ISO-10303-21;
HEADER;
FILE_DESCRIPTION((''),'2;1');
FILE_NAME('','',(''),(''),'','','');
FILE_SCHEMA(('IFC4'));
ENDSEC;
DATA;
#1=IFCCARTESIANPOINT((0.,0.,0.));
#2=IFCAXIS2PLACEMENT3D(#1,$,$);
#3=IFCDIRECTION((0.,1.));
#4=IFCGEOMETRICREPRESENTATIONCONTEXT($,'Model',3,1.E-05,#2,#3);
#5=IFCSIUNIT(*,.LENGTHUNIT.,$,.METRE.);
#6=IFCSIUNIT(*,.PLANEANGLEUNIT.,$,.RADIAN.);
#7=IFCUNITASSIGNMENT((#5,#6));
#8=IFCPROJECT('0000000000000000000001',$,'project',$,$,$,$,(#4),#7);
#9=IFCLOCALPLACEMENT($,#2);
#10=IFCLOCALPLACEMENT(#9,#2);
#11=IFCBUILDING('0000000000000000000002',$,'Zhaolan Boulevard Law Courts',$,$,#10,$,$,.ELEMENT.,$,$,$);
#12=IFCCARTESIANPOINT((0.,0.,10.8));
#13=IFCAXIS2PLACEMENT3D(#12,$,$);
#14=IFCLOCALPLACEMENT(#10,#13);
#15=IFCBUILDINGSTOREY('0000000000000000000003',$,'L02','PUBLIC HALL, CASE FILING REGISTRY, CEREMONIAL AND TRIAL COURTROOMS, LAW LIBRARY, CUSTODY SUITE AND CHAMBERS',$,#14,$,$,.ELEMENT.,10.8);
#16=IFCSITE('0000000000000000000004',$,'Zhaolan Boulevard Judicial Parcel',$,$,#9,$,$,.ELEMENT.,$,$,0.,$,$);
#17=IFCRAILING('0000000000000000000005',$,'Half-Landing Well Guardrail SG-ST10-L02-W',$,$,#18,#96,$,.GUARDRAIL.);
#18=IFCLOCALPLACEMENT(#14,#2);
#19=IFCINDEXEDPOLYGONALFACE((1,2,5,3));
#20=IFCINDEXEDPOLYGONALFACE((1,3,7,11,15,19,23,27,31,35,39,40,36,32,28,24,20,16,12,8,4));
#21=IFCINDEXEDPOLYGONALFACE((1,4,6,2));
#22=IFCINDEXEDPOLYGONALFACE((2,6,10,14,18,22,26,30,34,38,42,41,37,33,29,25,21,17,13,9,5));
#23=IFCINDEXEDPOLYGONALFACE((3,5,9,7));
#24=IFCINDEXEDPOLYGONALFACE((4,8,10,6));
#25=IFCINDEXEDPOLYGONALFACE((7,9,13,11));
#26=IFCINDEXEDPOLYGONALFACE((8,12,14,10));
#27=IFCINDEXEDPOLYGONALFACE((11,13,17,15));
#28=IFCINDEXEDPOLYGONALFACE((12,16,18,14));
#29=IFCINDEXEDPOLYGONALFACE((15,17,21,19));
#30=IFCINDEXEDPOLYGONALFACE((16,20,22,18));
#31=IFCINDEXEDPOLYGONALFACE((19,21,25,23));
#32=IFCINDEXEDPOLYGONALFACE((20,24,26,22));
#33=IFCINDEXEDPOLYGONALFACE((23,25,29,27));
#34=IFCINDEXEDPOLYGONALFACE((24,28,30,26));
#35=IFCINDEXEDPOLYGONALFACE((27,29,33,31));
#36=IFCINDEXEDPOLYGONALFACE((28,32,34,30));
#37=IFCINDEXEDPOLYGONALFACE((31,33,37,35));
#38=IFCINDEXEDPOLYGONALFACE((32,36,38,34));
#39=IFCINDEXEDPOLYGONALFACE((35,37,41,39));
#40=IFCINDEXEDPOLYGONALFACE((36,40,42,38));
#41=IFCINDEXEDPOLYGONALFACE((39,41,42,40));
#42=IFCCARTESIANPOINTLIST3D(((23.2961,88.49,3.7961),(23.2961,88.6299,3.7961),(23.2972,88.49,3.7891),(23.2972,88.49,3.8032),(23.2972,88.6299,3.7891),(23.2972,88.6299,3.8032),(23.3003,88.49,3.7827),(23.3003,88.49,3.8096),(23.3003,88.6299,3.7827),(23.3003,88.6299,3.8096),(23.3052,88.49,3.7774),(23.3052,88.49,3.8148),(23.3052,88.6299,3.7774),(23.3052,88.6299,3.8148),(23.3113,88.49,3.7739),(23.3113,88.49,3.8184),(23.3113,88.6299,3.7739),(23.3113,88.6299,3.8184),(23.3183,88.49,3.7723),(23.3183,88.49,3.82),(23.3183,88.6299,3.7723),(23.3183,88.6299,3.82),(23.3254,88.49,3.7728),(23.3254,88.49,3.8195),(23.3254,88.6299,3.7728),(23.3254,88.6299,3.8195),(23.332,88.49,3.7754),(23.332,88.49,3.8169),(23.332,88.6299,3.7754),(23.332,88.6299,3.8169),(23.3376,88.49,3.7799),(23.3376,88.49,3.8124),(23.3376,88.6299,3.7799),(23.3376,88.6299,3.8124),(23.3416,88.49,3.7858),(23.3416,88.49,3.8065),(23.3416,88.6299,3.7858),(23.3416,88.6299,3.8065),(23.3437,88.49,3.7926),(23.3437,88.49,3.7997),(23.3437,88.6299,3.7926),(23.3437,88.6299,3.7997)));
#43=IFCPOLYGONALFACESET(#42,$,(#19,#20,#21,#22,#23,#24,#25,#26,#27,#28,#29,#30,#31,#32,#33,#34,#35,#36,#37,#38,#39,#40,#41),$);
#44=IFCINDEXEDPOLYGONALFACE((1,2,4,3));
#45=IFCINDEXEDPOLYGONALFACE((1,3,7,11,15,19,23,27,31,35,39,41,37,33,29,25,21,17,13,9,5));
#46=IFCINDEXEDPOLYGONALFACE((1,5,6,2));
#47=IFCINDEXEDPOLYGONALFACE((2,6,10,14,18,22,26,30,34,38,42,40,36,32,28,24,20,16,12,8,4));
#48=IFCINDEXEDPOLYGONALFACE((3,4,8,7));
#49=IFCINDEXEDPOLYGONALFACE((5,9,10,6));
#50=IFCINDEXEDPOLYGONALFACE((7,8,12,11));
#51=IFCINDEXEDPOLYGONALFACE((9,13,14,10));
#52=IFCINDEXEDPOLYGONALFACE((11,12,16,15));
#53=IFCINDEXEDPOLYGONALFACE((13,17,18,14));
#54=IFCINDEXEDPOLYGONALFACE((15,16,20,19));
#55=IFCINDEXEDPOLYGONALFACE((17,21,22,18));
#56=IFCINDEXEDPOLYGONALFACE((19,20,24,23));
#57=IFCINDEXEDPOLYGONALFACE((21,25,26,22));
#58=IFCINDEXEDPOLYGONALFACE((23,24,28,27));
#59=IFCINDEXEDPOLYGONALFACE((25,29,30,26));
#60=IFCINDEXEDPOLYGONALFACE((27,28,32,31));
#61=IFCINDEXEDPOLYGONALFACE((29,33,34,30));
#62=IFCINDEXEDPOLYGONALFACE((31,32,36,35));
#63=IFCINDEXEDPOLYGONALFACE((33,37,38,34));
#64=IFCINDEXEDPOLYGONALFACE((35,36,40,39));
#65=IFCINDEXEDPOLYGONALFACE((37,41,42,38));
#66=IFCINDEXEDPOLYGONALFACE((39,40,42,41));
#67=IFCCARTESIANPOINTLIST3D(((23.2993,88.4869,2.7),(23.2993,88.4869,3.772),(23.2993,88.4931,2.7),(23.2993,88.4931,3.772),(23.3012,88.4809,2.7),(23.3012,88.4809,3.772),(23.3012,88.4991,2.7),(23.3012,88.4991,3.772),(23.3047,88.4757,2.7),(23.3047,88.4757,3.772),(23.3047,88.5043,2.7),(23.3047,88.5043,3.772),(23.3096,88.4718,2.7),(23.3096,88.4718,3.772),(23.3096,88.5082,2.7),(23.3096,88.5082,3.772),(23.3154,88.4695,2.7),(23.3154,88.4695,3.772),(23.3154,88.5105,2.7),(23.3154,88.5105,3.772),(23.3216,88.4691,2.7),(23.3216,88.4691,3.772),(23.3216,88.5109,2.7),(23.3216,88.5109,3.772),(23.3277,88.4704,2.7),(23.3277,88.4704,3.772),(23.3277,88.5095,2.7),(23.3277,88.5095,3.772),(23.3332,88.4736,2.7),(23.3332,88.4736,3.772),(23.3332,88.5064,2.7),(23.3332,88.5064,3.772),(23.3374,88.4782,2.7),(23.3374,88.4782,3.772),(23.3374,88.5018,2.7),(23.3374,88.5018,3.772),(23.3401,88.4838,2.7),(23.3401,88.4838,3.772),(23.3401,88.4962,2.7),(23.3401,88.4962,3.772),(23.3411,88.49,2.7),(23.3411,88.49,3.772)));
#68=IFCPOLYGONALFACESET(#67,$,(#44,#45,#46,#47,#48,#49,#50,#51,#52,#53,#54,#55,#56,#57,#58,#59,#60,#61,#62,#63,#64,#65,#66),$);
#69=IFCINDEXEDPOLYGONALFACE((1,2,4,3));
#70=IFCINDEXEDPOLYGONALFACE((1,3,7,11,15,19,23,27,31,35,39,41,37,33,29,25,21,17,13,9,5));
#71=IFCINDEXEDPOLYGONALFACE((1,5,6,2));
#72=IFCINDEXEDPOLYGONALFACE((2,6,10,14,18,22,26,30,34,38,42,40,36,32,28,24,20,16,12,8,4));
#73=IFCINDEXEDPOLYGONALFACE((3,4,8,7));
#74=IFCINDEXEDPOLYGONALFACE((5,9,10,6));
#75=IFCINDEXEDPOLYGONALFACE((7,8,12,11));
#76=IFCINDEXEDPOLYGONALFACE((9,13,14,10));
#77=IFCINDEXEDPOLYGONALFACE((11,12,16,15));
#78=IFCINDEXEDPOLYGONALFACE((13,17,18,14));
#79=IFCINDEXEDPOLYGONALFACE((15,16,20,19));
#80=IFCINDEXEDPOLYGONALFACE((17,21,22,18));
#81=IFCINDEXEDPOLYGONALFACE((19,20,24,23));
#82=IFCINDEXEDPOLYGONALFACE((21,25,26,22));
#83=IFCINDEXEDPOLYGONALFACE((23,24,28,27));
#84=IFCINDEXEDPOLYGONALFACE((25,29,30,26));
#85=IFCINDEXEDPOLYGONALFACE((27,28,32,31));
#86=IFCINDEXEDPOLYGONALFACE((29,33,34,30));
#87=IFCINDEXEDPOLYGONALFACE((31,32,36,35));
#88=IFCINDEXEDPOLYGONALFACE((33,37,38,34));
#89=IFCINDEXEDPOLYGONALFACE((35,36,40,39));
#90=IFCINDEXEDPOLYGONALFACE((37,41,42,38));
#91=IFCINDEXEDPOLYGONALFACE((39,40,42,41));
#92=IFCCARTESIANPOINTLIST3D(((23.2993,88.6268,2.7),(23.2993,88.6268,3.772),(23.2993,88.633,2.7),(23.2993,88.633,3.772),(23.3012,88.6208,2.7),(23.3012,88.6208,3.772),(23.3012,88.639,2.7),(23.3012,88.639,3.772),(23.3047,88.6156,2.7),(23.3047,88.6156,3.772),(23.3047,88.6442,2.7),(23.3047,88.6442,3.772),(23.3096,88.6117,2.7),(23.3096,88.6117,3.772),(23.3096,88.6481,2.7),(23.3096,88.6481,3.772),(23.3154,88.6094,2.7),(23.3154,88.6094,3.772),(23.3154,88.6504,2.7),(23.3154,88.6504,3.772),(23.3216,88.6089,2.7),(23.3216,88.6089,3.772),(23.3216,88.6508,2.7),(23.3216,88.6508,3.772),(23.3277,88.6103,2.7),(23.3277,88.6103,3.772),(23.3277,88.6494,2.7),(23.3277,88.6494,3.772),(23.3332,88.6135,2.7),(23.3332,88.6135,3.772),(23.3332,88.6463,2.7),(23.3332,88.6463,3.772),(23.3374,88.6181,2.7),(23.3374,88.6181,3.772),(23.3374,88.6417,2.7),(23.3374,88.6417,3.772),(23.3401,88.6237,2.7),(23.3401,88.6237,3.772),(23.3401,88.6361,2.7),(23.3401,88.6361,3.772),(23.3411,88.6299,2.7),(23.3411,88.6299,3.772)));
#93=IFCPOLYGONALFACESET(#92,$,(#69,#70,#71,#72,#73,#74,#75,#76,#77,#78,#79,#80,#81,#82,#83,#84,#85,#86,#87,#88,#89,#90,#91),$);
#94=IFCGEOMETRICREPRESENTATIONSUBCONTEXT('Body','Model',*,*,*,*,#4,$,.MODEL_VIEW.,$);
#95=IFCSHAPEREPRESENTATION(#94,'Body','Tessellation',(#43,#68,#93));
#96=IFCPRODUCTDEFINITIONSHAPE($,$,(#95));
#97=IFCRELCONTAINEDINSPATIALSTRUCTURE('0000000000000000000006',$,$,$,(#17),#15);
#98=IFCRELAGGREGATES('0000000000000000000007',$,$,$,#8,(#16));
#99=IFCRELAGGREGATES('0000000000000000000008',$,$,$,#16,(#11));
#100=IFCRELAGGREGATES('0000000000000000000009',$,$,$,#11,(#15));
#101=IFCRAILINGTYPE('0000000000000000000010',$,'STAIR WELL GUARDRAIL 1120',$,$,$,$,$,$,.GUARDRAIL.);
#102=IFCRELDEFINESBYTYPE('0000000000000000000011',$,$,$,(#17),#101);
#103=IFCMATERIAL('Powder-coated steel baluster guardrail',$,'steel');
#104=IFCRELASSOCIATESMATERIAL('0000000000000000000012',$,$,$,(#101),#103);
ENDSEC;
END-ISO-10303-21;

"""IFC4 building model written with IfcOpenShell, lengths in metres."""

from ifc_helpers import new_model, si_unit, direction, frame, origin, origin_2d, place, context, subcontext, project, spatial, circle, extrude, material, type_object, element, save


model = new_model("IFC4")

# Units and contexts
model_context = context("Model", 3, precision=1e-05, world=origin(), true_north=direction((0.0, 1.0)))
body_context = subcontext(model_context, "Body", "Model", "MODEL_VIEW")
ifc_project = project(units=[si_unit("LENGTHUNIT", "METRE"), si_unit("PLANEANGLEUNIT", "RADIAN")], contexts=[model_context])

# Site, building, storey
site_placement = place(None, origin())
site = spatial("IfcSite", under=ifc_project, at=site_placement, Name="Zhaolan Boulevard Judicial Parcel", CompositionType="ELEMENT", RefElevation=0.0)
building_placement = place(site_placement, origin())
building = spatial("IfcBuilding", under=site, at=building_placement, Name="Zhaolan Boulevard Law Courts", CompositionType="ELEMENT")
storey_placement = place(building_placement, frame((0.0, 0.0, 10.8)))
storey = spatial("IfcBuildingStorey", under=building, at=storey_placement, Name="L02", Description="PUBLIC HALL, CASE FILING REGISTRY, CEREMONIAL AND TRIAL COURTROOMS, LAW LIBRARY, CUSTODY SUITE AND CHAMBERS", CompositionType="ELEMENT", Elevation=10.8)

# Railing
ifc_material_1 = material(Name="Powder-coated steel baluster guardrail", Category="steel")
railing_type_1 = type_object("IfcRailingType", Name="STAIR WELL GUARDRAIL 1120", PredefinedType="GUARDRAIL", material=ifc_material_1)
railing_1_placement = place(storey_placement, frame((23.3201, 88.49, 2.7)))
element("IfcRailing", 1, at=railing_1_placement, inside=storey, type_object=railing_type_1, Name="Half-Landing Well Guardrail SG-ST10-L02-W", PredefinedType="GUARDRAIL", context=body_context, shape_type="SweptSolid", body=[
    extrude(circle(Radius=0.0239, at=origin_2d()), frame((0.0, 0.0, 1.0962), z_axis=(0.0, 1.0, 0.0), x_axis=(-1.0, 0.0, 0.0)), (0.0, 0.0, 1.0), 0.1399),
    extrude(circle(Radius=0.021, at=origin_2d()), origin(), (0.0, 0.0, 1.0), 1.072),
    extrude(circle(Radius=0.021, at=origin_2d()), frame((0.0, 0.1399, 0.0)), (0.0, 0.0, 1.0), 1.072),
])

save(model, "model.ifc")
